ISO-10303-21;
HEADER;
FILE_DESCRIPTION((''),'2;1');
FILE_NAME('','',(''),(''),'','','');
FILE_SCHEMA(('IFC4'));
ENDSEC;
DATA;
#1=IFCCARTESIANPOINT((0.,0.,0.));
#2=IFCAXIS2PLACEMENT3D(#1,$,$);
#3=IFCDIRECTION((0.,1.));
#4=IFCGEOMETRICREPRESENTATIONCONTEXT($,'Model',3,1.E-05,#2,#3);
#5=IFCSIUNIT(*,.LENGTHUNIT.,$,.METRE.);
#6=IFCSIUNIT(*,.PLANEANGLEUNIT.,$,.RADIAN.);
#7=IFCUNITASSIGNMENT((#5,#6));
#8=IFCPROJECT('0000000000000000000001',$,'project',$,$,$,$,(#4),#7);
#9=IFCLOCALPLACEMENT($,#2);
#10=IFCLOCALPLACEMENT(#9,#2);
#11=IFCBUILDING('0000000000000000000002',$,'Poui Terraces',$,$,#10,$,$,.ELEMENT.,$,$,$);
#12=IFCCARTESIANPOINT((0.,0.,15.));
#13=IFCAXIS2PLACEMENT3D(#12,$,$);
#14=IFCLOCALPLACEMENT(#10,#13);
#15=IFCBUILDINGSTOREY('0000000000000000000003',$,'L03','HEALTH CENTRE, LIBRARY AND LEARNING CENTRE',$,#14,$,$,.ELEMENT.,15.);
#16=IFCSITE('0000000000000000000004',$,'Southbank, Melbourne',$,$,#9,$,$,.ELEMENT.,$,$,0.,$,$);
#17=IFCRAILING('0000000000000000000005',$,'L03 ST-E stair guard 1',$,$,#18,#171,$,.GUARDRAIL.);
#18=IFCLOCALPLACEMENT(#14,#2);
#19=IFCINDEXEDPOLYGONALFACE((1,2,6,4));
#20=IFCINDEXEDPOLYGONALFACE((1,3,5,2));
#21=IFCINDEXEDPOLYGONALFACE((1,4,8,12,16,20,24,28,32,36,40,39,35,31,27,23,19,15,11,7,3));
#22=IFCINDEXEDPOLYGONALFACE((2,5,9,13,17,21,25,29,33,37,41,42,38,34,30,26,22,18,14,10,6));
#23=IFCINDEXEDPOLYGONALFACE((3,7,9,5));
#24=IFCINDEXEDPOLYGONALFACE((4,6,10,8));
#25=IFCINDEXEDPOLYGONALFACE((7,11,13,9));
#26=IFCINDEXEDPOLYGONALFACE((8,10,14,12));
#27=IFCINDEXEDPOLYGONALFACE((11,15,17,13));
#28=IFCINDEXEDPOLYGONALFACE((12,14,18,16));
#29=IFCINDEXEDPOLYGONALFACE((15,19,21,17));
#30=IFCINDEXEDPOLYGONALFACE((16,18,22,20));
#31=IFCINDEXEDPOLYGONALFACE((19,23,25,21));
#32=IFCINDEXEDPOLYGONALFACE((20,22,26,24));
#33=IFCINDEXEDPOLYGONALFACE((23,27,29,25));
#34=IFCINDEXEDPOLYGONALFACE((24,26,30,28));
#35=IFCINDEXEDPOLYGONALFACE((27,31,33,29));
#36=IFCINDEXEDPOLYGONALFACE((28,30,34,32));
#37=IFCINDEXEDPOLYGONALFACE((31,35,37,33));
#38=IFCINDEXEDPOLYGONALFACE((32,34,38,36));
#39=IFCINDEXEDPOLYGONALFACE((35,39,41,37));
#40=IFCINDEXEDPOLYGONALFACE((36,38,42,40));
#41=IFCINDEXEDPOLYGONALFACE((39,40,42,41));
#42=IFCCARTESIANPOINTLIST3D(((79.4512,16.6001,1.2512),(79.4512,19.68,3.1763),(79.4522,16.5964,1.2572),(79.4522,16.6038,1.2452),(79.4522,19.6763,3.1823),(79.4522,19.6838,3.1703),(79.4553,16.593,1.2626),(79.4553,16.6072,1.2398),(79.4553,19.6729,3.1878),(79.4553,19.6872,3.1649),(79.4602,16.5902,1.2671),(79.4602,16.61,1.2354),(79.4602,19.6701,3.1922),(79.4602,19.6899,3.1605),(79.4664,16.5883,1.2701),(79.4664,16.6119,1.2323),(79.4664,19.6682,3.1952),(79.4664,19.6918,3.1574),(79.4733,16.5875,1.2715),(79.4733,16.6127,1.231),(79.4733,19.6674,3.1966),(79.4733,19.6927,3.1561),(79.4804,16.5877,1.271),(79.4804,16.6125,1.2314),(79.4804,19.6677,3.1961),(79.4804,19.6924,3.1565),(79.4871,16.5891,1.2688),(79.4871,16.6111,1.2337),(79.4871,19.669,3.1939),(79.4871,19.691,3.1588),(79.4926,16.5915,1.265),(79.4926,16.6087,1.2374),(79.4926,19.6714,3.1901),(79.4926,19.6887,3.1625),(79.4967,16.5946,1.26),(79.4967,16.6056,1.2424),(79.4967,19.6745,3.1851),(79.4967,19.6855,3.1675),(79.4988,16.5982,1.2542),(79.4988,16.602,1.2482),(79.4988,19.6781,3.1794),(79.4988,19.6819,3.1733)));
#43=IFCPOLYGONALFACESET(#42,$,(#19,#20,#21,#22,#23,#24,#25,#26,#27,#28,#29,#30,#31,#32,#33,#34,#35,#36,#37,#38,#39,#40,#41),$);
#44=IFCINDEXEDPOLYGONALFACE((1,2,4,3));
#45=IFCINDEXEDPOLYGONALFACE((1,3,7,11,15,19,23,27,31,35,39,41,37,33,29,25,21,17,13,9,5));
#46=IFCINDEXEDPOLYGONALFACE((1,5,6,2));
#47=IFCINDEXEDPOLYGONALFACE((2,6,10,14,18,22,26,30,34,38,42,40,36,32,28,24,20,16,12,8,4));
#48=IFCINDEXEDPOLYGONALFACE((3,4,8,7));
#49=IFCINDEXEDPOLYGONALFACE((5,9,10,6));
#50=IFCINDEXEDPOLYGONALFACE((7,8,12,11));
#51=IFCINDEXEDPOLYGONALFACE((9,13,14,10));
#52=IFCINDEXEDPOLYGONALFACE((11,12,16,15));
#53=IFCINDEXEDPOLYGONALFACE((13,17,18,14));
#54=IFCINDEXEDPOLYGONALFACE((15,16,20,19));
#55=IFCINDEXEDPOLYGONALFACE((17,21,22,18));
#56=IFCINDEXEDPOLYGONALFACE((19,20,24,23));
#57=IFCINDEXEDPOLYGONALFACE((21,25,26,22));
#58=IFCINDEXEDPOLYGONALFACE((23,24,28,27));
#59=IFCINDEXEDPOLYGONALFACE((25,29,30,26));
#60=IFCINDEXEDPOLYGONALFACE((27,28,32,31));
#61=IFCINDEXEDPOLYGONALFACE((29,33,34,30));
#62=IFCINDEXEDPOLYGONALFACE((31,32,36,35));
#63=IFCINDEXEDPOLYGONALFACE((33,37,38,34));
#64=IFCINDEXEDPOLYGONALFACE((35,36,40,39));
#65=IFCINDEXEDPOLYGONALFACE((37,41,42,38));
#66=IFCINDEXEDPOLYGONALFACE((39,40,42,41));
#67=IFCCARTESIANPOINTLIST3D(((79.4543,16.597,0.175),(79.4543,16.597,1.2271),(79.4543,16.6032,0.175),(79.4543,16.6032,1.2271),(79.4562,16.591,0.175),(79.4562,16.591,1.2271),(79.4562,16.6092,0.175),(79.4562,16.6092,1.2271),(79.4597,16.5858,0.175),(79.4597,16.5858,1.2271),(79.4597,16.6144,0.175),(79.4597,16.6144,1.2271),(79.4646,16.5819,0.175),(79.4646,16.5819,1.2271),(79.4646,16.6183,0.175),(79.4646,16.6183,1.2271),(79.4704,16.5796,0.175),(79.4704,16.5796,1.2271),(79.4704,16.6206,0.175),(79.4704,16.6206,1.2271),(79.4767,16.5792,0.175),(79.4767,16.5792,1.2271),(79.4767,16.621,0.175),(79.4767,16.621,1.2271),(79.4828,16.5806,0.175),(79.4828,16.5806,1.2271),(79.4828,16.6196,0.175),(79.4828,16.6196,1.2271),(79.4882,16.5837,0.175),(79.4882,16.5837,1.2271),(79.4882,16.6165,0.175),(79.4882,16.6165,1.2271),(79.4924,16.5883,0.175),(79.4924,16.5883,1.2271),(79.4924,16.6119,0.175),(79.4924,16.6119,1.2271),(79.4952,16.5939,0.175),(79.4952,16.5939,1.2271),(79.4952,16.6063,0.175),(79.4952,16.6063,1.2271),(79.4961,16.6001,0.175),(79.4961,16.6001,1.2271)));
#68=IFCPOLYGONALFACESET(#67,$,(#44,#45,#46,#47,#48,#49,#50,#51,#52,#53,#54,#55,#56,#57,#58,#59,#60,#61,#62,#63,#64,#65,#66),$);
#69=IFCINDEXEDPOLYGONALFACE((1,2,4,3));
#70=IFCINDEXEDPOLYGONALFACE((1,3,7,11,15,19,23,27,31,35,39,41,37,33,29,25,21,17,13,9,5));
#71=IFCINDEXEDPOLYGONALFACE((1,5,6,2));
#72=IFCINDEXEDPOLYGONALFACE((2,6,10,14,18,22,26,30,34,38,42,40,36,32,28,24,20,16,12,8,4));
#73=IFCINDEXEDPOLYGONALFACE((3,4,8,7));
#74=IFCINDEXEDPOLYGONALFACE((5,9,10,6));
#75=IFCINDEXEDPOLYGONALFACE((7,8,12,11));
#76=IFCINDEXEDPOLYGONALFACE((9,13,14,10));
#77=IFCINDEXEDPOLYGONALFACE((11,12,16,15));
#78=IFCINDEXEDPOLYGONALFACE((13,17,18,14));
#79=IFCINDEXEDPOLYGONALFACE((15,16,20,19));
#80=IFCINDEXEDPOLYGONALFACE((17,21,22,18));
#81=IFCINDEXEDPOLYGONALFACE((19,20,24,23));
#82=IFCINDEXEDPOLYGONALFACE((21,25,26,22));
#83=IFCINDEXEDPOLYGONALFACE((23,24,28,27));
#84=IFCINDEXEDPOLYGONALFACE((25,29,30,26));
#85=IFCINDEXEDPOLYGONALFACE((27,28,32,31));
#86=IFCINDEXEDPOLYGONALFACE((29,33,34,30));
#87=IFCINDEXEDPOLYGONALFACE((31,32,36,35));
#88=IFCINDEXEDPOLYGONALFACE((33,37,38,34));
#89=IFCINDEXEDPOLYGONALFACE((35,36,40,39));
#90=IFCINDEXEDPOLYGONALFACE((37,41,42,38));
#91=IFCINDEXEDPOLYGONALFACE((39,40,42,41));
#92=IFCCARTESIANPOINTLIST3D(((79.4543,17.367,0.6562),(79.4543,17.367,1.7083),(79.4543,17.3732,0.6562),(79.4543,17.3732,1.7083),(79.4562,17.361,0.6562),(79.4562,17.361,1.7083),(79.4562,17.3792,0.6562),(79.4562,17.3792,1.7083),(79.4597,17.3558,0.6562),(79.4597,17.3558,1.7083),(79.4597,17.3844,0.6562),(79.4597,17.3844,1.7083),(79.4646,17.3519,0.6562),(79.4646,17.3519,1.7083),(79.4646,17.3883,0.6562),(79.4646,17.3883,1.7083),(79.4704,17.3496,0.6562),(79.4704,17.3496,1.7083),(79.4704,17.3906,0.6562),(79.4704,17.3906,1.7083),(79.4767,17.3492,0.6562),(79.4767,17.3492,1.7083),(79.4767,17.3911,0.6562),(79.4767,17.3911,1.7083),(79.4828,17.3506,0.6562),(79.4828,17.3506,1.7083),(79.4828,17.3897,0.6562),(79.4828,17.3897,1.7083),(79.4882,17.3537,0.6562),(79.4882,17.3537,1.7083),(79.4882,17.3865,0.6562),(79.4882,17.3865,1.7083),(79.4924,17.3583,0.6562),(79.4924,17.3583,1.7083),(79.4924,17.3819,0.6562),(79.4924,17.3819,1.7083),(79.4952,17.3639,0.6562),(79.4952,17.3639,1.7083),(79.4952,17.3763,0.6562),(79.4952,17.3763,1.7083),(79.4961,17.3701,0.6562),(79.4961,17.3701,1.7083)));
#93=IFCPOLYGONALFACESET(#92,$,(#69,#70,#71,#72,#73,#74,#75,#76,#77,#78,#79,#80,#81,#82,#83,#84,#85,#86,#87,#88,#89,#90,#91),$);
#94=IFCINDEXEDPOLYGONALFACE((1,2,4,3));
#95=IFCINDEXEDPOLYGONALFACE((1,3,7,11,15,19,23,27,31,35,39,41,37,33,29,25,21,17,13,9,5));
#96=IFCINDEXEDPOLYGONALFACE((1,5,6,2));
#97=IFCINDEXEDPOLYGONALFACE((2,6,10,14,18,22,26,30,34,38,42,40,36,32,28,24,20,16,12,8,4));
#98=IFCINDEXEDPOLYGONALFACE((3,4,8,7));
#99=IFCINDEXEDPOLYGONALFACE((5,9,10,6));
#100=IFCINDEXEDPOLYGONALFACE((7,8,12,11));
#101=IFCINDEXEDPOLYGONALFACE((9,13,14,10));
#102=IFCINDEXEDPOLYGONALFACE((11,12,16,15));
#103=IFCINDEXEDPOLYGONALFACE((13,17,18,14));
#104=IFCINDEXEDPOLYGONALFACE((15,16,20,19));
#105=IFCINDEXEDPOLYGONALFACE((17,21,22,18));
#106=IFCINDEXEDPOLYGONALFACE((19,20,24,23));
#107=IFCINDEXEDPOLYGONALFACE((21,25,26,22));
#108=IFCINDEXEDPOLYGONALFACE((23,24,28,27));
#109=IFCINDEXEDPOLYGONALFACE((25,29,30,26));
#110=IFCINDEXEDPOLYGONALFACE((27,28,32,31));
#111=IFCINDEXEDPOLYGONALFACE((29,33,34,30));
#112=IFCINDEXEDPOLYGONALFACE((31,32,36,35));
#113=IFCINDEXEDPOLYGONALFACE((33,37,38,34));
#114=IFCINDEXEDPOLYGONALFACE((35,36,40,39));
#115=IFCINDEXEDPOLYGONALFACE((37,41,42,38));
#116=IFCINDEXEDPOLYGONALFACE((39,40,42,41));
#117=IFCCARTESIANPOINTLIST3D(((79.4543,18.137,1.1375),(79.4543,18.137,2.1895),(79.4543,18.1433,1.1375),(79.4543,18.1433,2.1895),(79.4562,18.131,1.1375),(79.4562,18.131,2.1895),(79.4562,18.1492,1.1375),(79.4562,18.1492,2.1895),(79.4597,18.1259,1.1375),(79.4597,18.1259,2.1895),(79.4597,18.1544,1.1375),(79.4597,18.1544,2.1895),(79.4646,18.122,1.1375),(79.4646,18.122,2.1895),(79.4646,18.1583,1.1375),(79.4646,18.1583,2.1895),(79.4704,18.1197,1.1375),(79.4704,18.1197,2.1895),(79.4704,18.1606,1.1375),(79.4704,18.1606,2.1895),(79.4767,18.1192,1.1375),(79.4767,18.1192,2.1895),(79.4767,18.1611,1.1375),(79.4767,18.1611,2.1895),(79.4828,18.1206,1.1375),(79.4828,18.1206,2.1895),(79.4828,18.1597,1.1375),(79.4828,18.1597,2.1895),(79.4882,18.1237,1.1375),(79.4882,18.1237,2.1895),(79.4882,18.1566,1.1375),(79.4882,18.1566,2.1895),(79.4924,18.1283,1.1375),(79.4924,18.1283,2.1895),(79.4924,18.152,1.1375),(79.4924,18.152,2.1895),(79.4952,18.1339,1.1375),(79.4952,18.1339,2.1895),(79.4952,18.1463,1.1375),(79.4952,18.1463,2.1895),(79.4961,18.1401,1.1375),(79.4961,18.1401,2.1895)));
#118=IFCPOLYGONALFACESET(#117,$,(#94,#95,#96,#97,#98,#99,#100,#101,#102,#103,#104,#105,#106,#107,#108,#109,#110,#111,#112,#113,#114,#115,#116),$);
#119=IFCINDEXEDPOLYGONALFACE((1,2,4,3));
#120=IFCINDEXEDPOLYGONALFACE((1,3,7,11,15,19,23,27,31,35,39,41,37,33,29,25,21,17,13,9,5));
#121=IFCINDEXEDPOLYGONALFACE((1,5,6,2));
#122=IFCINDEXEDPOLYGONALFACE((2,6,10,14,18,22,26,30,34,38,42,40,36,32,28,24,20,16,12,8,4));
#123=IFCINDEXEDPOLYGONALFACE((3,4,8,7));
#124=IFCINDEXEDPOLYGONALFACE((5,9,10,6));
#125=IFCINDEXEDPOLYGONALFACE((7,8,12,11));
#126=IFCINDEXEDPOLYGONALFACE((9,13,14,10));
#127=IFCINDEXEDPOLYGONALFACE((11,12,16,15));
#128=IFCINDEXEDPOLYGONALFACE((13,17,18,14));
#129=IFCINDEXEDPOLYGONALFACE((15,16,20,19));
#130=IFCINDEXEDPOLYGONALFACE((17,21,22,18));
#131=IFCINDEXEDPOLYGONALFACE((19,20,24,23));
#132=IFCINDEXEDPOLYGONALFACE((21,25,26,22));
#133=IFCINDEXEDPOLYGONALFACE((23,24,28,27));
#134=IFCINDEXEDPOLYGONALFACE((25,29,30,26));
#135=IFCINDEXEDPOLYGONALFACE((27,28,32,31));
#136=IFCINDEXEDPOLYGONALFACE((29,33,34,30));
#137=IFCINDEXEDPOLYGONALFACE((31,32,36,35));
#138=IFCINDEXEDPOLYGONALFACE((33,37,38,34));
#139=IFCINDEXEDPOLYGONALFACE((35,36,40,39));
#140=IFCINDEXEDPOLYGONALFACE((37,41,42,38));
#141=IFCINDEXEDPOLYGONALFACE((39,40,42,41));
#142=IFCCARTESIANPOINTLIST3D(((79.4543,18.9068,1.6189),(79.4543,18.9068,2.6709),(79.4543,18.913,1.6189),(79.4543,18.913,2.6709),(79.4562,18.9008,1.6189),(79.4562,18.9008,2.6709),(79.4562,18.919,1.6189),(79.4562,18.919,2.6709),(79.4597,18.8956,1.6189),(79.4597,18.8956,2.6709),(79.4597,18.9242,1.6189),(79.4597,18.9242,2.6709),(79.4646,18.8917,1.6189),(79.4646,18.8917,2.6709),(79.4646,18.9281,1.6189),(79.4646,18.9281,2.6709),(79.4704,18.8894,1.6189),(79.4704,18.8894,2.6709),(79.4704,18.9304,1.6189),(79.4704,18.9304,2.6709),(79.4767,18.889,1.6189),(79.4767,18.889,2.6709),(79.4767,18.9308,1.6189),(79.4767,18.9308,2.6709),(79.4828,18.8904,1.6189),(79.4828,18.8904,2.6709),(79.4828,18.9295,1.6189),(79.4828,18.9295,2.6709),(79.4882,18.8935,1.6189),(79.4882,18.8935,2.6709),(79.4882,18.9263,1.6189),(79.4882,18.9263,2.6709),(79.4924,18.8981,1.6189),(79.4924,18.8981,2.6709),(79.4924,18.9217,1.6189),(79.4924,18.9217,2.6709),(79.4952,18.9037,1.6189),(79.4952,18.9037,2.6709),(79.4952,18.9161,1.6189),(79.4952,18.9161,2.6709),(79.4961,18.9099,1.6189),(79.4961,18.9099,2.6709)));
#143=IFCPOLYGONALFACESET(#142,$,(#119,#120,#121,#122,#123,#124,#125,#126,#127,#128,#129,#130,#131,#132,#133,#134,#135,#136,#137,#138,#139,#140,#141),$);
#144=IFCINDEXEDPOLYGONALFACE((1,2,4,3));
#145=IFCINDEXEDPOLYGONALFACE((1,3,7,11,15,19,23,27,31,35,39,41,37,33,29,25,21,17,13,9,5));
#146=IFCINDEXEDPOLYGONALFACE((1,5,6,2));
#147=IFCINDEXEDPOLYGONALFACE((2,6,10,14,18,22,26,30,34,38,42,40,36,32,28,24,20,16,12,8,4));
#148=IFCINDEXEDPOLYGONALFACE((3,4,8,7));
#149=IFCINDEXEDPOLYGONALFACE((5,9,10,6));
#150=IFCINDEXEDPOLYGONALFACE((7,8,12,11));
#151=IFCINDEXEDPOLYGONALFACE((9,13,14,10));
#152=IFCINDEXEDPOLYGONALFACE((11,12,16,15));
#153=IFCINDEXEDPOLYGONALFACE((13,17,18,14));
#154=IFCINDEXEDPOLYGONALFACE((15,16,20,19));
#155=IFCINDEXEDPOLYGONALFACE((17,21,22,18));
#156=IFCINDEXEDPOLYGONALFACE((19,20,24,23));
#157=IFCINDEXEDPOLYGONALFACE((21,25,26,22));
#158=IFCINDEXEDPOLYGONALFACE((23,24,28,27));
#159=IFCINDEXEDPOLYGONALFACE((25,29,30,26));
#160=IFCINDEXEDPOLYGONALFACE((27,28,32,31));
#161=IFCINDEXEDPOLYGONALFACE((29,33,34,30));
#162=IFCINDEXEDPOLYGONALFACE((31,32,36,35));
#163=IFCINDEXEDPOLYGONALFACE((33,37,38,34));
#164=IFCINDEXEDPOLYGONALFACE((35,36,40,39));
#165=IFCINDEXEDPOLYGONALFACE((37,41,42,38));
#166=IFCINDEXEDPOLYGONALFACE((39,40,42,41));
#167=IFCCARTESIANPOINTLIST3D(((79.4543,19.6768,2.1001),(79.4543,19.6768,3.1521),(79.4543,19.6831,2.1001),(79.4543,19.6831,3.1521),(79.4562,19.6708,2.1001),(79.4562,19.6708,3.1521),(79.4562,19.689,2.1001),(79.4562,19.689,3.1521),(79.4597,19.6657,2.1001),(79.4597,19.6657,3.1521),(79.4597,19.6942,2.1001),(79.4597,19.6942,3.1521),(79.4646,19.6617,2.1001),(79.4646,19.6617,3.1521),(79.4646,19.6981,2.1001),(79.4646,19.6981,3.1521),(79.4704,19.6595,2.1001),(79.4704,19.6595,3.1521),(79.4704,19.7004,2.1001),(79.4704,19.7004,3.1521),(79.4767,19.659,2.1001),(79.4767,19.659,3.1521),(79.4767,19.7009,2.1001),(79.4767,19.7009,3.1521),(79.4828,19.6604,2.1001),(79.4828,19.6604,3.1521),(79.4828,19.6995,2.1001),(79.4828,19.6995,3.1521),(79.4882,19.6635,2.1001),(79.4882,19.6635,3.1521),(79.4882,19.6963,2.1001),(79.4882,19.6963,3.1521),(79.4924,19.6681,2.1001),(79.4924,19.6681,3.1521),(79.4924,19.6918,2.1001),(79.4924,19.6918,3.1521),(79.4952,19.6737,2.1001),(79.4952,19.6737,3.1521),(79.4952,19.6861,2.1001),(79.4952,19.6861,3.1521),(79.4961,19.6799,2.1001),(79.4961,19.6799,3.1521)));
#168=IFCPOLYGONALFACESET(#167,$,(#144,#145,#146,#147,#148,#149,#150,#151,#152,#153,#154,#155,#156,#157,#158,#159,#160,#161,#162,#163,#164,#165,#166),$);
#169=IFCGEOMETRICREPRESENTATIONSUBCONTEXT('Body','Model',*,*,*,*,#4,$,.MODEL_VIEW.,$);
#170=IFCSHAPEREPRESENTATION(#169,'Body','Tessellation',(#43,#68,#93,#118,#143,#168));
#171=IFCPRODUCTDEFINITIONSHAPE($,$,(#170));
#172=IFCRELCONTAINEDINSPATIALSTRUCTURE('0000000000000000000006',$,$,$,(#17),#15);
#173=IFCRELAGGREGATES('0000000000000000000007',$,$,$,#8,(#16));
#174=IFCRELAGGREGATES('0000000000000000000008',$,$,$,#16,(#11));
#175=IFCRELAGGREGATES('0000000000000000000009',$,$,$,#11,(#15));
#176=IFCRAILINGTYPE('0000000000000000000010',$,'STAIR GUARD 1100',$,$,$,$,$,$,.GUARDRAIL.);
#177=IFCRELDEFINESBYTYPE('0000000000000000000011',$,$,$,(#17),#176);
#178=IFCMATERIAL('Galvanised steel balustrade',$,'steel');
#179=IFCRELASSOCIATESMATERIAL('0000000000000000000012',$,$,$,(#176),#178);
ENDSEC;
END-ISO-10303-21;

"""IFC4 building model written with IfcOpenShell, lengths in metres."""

from ifc_helpers import new_model, si_unit, direction, frame, origin, origin_2d, place, context, subcontext, project, spatial, circle, extrude, material, type_object, element, save


model = new_model("IFC4")

# Units and contexts
model_context = context("Model", 3, precision=1e-05, world=origin(), true_north=direction((0.0, 1.0)))
body_context = subcontext(model_context, "Body", "Model", "MODEL_VIEW")
ifc_project = project(units=[si_unit("LENGTHUNIT", "METRE"), si_unit("PLANEANGLEUNIT", "RADIAN")], contexts=[model_context])

# Site, building, storey
site_placement = place(None, origin())
site = spatial("IfcSite", under=ifc_project, at=site_placement, Name="Southbank, Melbourne", CompositionType="ELEMENT", RefElevation=0.0)
building_placement = place(site_placement, origin())
building = spatial("IfcBuilding", under=site, at=building_placement, Name="Poui Terraces", CompositionType="ELEMENT")
storey_placement = place(building_placement, frame((0.0, 0.0, 15.0)))
storey = spatial("IfcBuildingStorey", under=building, at=storey_placement, Name="L03", Description="HEALTH CENTRE, LIBRARY AND LEARNING CENTRE", CompositionType="ELEMENT", Elevation=15.0)

# Railing
ifc_material_1 = material(Name="Galvanised steel balustrade", Category="steel")
railing_type_1 = type_object("IfcRailingType", Name="STAIR GUARD 1100", PredefinedType="GUARDRAIL", material=ifc_material_1)
railing_1_placement = place(storey_placement, frame((79.4751, 16.6001, 0.175)))
element("IfcRailing", 1, at=railing_1_placement, inside=storey, type_object=railing_type_1, Name="L03 ST-E stair guard 1", PredefinedType="GUARDRAIL", context=body_context, shape_type="SweptSolid", body=[
    extrude(circle(Radius=0.0239, at=origin_2d()), frame((0.0, 0.0, 1.0762), z_axis=(0.0, 0.847979, 0.530029), x_axis=(-1.0, 0.0, 0.0)), (0.0, 0.0, 1.0), 3.6321),
    extrude(circle(Radius=0.021, at=origin_2d()), origin(), (0.0, 0.0, 1.0), 1.052),
    extrude(circle(Radius=0.021, at=origin_2d()), frame((0.0, 0.77, 0.4812)), (0.0, 0.0, 1.0), 1.052),
    extrude(circle(Radius=0.021, at=origin_2d()), frame((0.0, 1.54, 0.9624)), (0.0, 0.0, 1.0), 1.052),
    extrude(circle(Radius=0.021, at=origin_2d()), frame((0.0, 2.3098, 1.4438)), (0.0, 0.0, 1.0), 1.052),
    extrude(circle(Radius=0.021, at=origin_2d()), frame((0.0, 3.0798, 1.925)), (0.0, 0.0, 1.0), 1.052),
])

save(model, "model.ifc")
